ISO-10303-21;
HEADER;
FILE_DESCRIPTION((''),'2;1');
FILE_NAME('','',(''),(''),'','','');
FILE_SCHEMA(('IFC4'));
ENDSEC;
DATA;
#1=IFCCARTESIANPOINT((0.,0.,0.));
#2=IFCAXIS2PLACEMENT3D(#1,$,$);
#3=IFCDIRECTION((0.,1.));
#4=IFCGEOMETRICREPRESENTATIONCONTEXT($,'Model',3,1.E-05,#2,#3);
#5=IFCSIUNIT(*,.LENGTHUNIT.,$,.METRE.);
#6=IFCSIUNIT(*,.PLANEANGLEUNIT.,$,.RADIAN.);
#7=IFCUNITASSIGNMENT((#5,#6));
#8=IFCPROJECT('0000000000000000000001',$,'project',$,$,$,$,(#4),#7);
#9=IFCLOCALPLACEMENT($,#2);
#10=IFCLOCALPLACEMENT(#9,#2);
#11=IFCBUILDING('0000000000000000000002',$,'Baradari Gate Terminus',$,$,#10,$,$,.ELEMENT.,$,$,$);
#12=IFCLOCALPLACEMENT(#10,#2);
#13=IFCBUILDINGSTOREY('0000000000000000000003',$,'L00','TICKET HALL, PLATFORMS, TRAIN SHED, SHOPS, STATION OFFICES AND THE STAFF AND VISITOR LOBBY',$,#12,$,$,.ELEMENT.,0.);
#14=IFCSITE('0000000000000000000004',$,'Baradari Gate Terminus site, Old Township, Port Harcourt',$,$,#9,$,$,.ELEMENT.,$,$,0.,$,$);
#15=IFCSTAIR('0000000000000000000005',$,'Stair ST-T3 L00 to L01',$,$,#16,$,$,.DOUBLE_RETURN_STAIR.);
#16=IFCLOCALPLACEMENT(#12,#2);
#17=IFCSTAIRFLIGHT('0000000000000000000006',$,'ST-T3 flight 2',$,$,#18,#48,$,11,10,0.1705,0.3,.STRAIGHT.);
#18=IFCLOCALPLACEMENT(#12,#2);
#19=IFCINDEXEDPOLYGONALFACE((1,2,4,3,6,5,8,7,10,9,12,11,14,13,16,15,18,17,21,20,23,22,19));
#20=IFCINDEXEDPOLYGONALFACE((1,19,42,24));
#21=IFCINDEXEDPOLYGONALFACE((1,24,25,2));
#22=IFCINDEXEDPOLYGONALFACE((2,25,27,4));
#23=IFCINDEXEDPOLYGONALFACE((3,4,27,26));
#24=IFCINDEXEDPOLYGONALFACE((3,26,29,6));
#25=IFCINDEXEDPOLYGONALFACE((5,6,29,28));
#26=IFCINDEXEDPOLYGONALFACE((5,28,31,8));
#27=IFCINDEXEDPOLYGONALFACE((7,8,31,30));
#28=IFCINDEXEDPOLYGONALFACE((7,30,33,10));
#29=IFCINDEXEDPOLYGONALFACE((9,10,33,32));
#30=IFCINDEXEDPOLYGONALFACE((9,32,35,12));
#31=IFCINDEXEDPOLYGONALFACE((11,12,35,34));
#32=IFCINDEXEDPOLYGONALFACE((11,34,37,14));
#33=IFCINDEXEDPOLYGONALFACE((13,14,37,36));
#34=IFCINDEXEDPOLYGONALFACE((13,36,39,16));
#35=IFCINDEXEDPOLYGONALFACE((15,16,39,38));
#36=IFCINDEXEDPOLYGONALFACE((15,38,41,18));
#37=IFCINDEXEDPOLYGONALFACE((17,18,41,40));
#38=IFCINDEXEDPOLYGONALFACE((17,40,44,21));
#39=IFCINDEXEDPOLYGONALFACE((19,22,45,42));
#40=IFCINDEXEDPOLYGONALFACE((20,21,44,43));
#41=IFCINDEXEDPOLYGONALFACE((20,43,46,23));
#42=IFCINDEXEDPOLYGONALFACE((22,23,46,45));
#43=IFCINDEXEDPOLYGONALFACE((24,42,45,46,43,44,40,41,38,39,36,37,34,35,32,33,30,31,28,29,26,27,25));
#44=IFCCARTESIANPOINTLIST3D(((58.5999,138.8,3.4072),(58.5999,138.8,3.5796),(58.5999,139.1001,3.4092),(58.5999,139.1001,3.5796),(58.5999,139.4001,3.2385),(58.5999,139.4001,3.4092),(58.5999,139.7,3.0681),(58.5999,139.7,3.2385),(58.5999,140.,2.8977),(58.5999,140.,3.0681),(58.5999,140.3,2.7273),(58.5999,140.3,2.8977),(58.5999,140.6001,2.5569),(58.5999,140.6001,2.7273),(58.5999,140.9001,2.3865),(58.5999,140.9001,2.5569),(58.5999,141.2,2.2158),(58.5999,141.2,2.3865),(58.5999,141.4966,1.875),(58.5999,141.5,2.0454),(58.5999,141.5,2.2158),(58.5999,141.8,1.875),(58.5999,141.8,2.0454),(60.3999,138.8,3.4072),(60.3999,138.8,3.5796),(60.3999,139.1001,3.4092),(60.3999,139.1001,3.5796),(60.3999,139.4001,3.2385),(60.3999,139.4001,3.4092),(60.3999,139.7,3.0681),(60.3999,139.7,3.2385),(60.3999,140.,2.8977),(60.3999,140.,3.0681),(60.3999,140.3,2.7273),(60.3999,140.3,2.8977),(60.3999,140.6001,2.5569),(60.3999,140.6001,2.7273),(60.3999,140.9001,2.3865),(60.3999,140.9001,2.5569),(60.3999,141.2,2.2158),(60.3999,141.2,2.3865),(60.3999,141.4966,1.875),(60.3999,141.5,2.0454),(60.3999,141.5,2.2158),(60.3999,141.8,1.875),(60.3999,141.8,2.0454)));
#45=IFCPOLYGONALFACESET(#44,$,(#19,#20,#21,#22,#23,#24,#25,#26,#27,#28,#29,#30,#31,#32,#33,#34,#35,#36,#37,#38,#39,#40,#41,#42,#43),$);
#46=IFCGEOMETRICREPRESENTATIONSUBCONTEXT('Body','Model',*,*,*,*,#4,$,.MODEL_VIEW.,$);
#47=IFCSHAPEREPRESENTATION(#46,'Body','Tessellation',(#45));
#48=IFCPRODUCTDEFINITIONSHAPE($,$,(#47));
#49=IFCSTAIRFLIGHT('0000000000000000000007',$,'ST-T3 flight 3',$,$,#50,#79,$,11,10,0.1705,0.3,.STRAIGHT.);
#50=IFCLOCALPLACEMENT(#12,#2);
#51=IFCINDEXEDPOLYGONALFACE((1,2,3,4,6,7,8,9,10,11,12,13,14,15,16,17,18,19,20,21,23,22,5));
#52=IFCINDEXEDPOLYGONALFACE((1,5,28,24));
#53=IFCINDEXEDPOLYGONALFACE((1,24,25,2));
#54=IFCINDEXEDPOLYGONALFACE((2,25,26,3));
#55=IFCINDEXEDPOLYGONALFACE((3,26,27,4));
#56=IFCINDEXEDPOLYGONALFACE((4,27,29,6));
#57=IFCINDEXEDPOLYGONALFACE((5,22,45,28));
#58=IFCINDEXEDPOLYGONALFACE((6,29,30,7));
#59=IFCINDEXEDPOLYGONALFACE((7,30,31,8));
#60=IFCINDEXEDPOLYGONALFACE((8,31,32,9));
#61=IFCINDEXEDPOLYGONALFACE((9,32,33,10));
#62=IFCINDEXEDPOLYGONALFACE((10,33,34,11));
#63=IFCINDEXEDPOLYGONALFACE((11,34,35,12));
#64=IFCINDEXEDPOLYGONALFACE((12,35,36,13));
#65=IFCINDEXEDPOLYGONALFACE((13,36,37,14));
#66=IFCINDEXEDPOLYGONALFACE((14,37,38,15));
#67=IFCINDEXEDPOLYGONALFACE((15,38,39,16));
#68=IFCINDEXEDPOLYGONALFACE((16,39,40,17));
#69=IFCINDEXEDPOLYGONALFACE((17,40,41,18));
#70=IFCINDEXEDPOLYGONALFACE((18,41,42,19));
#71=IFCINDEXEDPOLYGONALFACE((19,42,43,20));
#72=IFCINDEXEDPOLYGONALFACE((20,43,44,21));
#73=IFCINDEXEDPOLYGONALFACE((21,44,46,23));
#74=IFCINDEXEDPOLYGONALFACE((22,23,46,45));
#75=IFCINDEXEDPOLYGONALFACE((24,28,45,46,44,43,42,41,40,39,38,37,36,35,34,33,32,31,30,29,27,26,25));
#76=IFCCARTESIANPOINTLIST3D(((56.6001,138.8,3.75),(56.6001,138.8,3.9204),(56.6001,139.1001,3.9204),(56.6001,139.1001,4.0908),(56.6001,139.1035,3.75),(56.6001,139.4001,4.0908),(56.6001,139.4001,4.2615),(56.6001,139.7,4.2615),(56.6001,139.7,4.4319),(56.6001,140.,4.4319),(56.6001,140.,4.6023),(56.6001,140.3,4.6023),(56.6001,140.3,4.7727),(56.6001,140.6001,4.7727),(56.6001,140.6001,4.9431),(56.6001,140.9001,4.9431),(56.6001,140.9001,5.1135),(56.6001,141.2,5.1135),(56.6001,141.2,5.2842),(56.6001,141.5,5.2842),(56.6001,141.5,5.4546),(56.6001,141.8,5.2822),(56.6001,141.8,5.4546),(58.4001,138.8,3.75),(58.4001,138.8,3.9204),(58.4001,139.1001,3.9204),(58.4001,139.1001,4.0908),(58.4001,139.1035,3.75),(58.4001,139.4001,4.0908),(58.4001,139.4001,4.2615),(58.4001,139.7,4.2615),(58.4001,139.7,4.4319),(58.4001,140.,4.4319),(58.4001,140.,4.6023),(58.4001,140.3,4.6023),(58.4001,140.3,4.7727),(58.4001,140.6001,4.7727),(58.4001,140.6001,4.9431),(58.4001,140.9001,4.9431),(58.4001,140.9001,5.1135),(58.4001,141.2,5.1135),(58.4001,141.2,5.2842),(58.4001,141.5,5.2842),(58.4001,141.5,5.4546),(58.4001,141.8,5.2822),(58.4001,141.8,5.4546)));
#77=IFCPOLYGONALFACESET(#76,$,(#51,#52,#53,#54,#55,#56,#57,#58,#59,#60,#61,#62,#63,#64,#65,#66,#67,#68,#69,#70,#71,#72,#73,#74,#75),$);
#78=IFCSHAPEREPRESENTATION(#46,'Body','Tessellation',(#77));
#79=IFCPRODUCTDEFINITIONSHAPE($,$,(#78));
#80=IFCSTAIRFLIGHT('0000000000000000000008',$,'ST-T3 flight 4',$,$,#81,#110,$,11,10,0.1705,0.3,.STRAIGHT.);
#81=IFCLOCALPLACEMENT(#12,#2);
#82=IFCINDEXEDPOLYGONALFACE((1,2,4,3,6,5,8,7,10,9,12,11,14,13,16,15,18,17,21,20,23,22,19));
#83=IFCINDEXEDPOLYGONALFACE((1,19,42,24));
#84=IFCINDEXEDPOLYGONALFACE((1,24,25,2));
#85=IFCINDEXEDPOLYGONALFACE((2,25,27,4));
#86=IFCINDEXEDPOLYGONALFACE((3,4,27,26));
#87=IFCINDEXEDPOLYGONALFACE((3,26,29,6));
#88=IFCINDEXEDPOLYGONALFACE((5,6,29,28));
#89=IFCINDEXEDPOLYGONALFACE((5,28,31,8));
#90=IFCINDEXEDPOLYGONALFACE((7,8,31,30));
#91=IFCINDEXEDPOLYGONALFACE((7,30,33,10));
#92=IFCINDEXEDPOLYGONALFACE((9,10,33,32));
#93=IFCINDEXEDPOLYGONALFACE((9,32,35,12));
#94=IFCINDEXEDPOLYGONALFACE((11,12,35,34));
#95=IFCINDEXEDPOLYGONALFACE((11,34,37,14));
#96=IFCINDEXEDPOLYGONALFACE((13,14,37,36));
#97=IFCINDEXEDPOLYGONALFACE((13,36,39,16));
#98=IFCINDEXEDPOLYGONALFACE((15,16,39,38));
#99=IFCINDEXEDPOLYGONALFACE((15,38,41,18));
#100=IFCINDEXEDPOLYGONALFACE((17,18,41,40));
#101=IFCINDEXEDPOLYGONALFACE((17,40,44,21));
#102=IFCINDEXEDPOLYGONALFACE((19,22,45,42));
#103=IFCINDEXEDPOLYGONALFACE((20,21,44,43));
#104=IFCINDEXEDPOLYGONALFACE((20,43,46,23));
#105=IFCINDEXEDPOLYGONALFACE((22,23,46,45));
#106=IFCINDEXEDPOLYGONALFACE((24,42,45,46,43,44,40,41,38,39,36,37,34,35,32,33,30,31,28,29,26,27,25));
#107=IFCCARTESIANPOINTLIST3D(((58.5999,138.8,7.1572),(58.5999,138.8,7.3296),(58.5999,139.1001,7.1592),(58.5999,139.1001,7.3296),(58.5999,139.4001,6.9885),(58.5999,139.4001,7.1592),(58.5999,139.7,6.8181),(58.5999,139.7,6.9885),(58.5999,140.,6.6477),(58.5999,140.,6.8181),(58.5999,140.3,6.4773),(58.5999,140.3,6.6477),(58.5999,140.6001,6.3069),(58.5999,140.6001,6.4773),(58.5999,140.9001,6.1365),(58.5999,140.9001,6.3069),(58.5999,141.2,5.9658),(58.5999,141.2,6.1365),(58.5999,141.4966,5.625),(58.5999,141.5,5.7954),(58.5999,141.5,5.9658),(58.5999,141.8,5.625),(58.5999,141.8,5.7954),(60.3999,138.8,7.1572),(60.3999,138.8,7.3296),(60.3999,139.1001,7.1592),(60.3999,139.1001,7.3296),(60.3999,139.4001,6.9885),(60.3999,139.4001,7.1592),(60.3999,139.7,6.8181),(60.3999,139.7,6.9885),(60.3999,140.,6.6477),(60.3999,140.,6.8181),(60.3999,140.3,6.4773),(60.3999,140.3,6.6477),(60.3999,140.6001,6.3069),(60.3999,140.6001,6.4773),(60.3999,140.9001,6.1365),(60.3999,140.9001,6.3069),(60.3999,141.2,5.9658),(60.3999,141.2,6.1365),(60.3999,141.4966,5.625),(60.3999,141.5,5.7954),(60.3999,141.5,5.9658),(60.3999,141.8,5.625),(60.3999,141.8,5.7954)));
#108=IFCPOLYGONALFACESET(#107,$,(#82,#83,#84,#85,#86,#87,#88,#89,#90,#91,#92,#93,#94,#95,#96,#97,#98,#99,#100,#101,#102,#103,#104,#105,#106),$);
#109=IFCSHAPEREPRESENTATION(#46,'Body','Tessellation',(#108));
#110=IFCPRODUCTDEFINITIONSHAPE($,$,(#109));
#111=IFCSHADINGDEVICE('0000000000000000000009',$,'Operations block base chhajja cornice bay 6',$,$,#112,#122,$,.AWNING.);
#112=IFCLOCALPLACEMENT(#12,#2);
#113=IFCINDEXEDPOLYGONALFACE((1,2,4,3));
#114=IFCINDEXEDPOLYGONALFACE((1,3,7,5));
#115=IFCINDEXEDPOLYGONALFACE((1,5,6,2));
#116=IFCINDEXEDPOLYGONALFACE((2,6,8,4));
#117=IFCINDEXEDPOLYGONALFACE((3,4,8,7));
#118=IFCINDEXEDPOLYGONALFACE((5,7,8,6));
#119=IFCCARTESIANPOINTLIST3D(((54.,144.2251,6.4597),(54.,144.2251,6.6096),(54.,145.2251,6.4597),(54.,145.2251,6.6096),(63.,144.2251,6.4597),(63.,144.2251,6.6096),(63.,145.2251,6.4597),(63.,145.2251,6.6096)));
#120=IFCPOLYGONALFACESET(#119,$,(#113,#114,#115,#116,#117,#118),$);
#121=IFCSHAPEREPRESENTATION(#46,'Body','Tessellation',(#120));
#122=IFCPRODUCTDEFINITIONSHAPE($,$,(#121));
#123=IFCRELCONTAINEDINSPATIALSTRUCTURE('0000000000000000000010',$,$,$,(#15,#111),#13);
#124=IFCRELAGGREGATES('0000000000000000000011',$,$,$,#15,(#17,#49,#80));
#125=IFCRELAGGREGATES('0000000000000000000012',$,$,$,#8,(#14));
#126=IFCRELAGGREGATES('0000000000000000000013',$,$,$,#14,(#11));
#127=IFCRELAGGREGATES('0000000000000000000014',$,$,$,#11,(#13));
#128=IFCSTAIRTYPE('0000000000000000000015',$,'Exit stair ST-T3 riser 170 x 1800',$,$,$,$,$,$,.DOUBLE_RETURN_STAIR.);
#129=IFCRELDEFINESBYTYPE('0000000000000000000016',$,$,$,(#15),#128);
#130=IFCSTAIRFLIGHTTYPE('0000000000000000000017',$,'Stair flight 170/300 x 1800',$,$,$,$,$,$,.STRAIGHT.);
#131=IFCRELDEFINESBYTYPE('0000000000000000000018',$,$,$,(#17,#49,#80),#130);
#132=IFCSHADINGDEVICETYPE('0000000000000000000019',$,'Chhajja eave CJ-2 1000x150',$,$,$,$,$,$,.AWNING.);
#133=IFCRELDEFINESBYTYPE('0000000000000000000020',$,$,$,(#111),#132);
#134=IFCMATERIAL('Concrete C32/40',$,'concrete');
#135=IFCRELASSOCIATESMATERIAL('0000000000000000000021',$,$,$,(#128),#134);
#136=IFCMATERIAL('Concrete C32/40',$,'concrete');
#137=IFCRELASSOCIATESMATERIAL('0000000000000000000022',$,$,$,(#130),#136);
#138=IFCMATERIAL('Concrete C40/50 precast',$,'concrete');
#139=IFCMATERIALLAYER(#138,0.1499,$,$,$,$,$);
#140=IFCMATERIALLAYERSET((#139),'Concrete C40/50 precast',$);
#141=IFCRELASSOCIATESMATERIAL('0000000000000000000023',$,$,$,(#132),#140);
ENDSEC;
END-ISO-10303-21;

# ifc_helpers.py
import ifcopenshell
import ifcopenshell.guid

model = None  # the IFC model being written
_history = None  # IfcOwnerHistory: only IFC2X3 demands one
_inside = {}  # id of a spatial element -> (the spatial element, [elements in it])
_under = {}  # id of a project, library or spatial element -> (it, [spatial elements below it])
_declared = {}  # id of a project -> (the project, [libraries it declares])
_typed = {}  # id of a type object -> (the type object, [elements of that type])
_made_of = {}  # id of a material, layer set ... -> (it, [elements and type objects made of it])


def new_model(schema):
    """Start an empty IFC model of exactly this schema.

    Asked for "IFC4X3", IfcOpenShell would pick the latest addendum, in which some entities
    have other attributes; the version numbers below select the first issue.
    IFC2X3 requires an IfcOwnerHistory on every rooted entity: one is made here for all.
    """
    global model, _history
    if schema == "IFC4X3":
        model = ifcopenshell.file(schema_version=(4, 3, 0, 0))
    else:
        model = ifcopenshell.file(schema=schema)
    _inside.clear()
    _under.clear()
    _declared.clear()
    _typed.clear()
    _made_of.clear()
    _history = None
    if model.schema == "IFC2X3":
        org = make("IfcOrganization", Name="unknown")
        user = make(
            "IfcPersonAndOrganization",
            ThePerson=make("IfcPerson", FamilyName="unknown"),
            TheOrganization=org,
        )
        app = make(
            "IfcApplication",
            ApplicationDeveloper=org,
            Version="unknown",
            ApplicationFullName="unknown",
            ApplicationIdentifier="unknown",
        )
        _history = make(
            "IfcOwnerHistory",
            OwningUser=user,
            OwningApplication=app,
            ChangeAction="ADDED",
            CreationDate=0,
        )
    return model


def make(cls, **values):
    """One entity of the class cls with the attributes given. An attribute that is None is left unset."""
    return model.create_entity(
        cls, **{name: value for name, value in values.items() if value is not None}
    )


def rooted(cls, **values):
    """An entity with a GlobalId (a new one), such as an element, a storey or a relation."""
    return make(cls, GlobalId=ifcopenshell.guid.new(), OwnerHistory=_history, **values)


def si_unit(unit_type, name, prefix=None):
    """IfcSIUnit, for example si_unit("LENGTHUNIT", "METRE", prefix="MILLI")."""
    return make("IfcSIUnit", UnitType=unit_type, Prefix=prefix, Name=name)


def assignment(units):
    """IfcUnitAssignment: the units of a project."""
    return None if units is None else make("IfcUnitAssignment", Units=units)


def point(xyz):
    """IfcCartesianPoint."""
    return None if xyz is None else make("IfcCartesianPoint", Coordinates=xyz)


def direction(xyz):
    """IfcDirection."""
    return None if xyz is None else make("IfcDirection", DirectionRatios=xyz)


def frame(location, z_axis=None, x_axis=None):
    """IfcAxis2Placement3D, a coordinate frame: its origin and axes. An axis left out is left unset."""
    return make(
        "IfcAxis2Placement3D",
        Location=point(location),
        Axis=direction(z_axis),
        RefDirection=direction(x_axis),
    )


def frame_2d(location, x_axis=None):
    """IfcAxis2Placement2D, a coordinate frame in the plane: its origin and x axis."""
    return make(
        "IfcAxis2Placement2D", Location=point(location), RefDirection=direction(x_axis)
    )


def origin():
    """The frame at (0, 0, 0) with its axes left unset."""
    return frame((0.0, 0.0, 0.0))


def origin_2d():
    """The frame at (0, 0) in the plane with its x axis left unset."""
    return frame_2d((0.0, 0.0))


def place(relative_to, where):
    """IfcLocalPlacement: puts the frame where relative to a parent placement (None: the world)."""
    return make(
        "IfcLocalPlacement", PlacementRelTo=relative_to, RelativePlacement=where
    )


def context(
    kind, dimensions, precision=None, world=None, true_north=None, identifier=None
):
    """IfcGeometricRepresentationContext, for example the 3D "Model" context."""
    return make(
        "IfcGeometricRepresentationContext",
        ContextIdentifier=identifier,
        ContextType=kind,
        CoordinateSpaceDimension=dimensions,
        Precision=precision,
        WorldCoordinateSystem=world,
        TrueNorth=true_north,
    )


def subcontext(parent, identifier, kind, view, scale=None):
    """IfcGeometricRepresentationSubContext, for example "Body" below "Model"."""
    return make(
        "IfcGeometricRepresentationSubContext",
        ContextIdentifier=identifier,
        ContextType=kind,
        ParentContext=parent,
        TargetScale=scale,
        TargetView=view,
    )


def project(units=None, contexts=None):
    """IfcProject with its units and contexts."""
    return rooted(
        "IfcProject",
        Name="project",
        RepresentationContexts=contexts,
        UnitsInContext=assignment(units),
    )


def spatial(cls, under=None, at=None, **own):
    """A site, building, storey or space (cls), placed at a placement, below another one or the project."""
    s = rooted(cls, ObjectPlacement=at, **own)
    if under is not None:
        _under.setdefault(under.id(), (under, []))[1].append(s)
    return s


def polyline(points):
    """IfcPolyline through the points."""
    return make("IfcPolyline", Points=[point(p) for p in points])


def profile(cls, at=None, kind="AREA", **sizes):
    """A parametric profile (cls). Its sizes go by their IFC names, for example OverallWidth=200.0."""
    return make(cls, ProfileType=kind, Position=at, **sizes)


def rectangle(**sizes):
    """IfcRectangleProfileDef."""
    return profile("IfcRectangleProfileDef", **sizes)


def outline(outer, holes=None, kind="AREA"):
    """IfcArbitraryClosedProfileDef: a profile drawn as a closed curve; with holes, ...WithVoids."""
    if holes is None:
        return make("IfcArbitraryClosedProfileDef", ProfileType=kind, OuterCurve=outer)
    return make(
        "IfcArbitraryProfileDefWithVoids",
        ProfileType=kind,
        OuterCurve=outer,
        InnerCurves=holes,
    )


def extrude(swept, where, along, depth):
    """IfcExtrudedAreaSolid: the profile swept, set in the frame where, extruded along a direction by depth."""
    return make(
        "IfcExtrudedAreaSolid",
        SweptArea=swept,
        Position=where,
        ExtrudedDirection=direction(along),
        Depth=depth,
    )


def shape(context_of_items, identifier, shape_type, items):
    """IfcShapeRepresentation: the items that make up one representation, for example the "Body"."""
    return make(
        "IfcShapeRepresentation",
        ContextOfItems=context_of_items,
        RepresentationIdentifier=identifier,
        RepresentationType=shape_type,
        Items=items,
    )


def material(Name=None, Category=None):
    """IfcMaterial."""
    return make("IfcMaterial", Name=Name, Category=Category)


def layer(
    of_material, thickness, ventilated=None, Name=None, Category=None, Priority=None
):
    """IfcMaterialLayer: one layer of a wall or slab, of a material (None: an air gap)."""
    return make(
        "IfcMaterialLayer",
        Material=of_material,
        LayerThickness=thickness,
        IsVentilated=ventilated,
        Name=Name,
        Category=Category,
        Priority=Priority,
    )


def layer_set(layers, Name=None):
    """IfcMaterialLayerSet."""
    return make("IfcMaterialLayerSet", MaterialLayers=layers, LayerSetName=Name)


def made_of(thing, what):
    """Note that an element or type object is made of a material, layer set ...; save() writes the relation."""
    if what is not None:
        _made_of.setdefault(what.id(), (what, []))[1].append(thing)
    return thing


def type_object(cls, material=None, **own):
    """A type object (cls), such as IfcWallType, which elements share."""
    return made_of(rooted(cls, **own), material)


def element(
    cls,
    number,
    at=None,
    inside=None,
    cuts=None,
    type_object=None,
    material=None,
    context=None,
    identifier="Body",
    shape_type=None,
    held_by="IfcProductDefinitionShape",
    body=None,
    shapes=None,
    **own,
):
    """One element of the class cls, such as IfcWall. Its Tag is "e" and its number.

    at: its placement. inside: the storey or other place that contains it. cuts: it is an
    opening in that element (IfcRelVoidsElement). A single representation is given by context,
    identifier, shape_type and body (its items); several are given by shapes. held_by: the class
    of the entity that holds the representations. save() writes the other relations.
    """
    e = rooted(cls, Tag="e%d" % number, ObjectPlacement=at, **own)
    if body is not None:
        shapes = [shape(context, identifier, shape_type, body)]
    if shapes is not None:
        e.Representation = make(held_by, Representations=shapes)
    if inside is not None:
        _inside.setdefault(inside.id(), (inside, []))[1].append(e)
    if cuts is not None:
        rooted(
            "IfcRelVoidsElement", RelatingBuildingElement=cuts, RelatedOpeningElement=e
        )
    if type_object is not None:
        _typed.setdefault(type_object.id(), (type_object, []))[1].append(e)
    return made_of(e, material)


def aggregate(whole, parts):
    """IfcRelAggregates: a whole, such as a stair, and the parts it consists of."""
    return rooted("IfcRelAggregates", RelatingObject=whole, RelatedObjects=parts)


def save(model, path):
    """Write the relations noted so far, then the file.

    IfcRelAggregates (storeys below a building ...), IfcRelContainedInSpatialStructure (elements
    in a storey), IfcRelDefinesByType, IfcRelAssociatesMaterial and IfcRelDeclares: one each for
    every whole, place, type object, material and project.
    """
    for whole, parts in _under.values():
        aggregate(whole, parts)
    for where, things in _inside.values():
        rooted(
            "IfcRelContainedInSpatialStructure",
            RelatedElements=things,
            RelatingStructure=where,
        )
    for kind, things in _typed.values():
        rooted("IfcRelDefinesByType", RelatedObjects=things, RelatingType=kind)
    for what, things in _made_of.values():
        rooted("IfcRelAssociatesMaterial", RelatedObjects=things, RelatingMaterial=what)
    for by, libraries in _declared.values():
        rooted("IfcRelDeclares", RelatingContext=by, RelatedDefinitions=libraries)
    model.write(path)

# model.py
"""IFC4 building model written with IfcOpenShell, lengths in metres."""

from ifc_helpers import new_model, si_unit, direction, frame, origin, origin_2d, place, context, subcontext, project, spatial, polyline, rectangle, outline, extrude, material, layer, layer_set, type_object, element, aggregate, save


model = new_model("IFC4")

# Units and contexts
model_context = context("Model", 3, precision=1e-05, world=origin(), true_north=direction((0.0, 1.0)))
body_context = subcontext(model_context, "Body", "Model", "MODEL_VIEW")
ifc_project = project(units=[si_unit("LENGTHUNIT", "METRE"), si_unit("PLANEANGLEUNIT", "RADIAN")], contexts=[model_context])

# Site, building, storey
site_placement = place(None, origin())
site = spatial("IfcSite", under=ifc_project, at=site_placement, Name="Baradari Gate Terminus site, Old Township, Port Harcourt", CompositionType="ELEMENT", RefElevation=0.0)
building_placement = place(site_placement, origin())
building = spatial("IfcBuilding", under=site, at=building_placement, Name="Baradari Gate Terminus", CompositionType="ELEMENT")
storey_placement = place(building_placement, origin())
storey = spatial("IfcBuildingStorey", under=building, at=storey_placement, Name="L00", Description="TICKET HALL, PLATFORMS, TRAIN SHED, SHOPS, STATION OFFICES AND THE STAFF AND VISITOR LOBBY", CompositionType="ELEMENT", Elevation=0.0)

# Stair, stair flights
ifc_material_1 = material(Name="Concrete C32/40", Category="concrete")
stair_type = type_object("IfcStairType", Name="Exit stair ST-T3 riser 170 x 1800", PredefinedType="DOUBLE_RETURN_STAIR", material=ifc_material_1)
stair_placement = place(storey_placement, origin())
stair = element("IfcStair", 1, at=stair_placement, inside=storey, type_object=stair_type, Name="Stair ST-T3 L00 to L01", PredefinedType="DOUBLE_RETURN_STAIR")
ifc_material_2 = material(Name="Concrete C32/40", Category="concrete")
stair_flight_type = type_object("IfcStairFlightType", Name="Stair flight 170/300 x 1800", PredefinedType="STRAIGHT", material=ifc_material_2)
stair_flight_1_placement = place(storey_placement, frame((59.5, 141.8, 1.875), z_axis=(0.0, 0.0, 1.0), x_axis=(0.0, -1.0, 0.0)))
stair_flight_1 = element("IfcStairFlight", 2, at=stair_flight_1_placement, type_object=stair_flight_type, Name="ST-T3 flight 2", NumberOfRisers=11, NumberOfTreads=10, PredefinedType="STRAIGHT", RiserHeight=0.1705, TreadLength=0.3, context=body_context, shape_type="SweptSolid", body=[
    extrude(outline(polyline([(0.0, 0.0), (0.0, 0.1704), (0.3, 0.1704), (0.3, 0.3408), (0.6001, 0.3408), (0.6001, 0.5115), (0.8999, 0.5115), (0.8999, 0.6819), (1.2, 0.6819), (1.2, 0.8523), (1.5, 0.8523), (1.5, 1.0227), (1.8, 1.0227), (1.8, 1.1931), (2.1001, 1.1931), (2.1001, 1.3635), (2.3999, 1.3635), (2.3999, 1.5342), (2.7, 1.5342), (2.7, 1.7046), (3.0, 1.7046), (3.0, 1.875), (3.0, 1.5322), (0.3035, 0.0), (0.0, 0.0)])), frame((0.0, 0.8999, 0.0), z_axis=(0.0, -1.0, 0.0), x_axis=(1.0, 0.0, 0.0)), (0.0, 0.0, 1.0), 1.8),
])
stair_flight_2_placement = place(storey_placement, frame((57.5, 138.8, 3.75), z_axis=(0.0, 0.0, 1.0), x_axis=(0.0, 1.0, 0.0)))
stair_flight_2 = element("IfcStairFlight", 3, at=stair_flight_2_placement, type_object=stair_flight_type, Name="ST-T3 flight 3", NumberOfRisers=11, NumberOfTreads=10, PredefinedType="STRAIGHT", RiserHeight=0.1705, TreadLength=0.3, context=body_context, shape_type="SweptSolid", body=[
    extrude(outline(polyline([(0.0, 0.0), (0.0, 0.1704), (0.3, 0.1704), (0.3, 0.3408), (0.6001, 0.3408), (0.6001, 0.5115), (0.8999, 0.5115), (0.8999, 0.6819), (1.2, 0.6819), (1.2, 0.8523), (1.5, 0.8523), (1.5, 1.0227), (1.8, 1.0227), (1.8, 1.1931), (2.1001, 1.1931), (2.1001, 1.3635), (2.3999, 1.3635), (2.3999, 1.5342), (2.7, 1.5342), (2.7, 1.7046), (3.0, 1.7046), (3.0, 1.875), (3.0, 1.5322), (0.3035, 0.0), (0.0, 0.0)])), frame((0.0, 0.8999, 0.0), z_axis=(0.0, -1.0, 0.0), x_axis=(1.0, 0.0, 0.0)), (0.0, 0.0, 1.0), 1.8),
])
stair_flight_3_placement = place(storey_placement, frame((59.5, 141.8, 5.625), z_axis=(0.0, 0.0, 1.0), x_axis=(0.0, -1.0, 0.0)))
stair_flight_3 = element("IfcStairFlight", 4, at=stair_flight_3_placement, type_object=stair_flight_type, Name="ST-T3 flight 4", NumberOfRisers=11, NumberOfTreads=10, PredefinedType="STRAIGHT", RiserHeight=0.1705, TreadLength=0.3, context=body_context, shape_type="SweptSolid", body=[
    extrude(outline(polyline([(0.0, 0.0), (0.0, 0.1704), (0.3, 0.1704), (0.3, 0.3408), (0.6001, 0.3408), (0.6001, 0.5115), (0.8999, 0.5115), (0.8999, 0.6819), (1.2, 0.6819), (1.2, 0.8523), (1.5, 0.8523), (1.5, 1.0227), (1.8, 1.0227), (1.8, 1.1931), (2.1001, 1.1931), (2.1001, 1.3635), (2.3999, 1.3635), (2.3999, 1.5342), (2.7, 1.5342), (2.7, 1.7046), (3.0, 1.7046), (3.0, 1.875), (3.0, 1.5322), (0.3035, 0.0), (0.0, 0.0)])), frame((0.0, 0.8999, 0.0), z_axis=(0.0, -1.0, 0.0), x_axis=(1.0, 0.0, 0.0)), (0.0, 0.0, 1.0), 1.8),
])
aggregate(stair, [stair_flight_1, stair_flight_2, stair_flight_3])

# Shading device
ifc_material_3 = material(Name="Concrete C40/50 precast", Category="concrete")
ifc_layer_1 = layer(ifc_material_3, 0.1499)
ifc_layer_set_1 = layer_set([ifc_layer_1], Name="Concrete C40/50 precast")
shading_device_type = type_object("IfcShadingDeviceType", Name="Chhajja eave CJ-2 1000x150", PredefinedType="AWNING", material=ifc_layer_set_1)
shading_device_placement = place(storey_placement, frame((58.5, 144.7251, 6.4597), z_axis=(0.0, 0.0, 1.0), x_axis=(1.0, 0.0, 0.0)))
element("IfcShadingDevice", 5, at=shading_device_placement, inside=storey, type_object=shading_device_type, Name="Operations block base chhajja cornice bay 6", PredefinedType="AWNING", context=body_context, shape_type="SweptSolid", body=[
    extrude(rectangle(XDim=9.0, YDim=1.0, at=origin_2d()), origin(), (0.0, 0.0, 1.0), 0.1499),
])

save(model, "model.ifc")
